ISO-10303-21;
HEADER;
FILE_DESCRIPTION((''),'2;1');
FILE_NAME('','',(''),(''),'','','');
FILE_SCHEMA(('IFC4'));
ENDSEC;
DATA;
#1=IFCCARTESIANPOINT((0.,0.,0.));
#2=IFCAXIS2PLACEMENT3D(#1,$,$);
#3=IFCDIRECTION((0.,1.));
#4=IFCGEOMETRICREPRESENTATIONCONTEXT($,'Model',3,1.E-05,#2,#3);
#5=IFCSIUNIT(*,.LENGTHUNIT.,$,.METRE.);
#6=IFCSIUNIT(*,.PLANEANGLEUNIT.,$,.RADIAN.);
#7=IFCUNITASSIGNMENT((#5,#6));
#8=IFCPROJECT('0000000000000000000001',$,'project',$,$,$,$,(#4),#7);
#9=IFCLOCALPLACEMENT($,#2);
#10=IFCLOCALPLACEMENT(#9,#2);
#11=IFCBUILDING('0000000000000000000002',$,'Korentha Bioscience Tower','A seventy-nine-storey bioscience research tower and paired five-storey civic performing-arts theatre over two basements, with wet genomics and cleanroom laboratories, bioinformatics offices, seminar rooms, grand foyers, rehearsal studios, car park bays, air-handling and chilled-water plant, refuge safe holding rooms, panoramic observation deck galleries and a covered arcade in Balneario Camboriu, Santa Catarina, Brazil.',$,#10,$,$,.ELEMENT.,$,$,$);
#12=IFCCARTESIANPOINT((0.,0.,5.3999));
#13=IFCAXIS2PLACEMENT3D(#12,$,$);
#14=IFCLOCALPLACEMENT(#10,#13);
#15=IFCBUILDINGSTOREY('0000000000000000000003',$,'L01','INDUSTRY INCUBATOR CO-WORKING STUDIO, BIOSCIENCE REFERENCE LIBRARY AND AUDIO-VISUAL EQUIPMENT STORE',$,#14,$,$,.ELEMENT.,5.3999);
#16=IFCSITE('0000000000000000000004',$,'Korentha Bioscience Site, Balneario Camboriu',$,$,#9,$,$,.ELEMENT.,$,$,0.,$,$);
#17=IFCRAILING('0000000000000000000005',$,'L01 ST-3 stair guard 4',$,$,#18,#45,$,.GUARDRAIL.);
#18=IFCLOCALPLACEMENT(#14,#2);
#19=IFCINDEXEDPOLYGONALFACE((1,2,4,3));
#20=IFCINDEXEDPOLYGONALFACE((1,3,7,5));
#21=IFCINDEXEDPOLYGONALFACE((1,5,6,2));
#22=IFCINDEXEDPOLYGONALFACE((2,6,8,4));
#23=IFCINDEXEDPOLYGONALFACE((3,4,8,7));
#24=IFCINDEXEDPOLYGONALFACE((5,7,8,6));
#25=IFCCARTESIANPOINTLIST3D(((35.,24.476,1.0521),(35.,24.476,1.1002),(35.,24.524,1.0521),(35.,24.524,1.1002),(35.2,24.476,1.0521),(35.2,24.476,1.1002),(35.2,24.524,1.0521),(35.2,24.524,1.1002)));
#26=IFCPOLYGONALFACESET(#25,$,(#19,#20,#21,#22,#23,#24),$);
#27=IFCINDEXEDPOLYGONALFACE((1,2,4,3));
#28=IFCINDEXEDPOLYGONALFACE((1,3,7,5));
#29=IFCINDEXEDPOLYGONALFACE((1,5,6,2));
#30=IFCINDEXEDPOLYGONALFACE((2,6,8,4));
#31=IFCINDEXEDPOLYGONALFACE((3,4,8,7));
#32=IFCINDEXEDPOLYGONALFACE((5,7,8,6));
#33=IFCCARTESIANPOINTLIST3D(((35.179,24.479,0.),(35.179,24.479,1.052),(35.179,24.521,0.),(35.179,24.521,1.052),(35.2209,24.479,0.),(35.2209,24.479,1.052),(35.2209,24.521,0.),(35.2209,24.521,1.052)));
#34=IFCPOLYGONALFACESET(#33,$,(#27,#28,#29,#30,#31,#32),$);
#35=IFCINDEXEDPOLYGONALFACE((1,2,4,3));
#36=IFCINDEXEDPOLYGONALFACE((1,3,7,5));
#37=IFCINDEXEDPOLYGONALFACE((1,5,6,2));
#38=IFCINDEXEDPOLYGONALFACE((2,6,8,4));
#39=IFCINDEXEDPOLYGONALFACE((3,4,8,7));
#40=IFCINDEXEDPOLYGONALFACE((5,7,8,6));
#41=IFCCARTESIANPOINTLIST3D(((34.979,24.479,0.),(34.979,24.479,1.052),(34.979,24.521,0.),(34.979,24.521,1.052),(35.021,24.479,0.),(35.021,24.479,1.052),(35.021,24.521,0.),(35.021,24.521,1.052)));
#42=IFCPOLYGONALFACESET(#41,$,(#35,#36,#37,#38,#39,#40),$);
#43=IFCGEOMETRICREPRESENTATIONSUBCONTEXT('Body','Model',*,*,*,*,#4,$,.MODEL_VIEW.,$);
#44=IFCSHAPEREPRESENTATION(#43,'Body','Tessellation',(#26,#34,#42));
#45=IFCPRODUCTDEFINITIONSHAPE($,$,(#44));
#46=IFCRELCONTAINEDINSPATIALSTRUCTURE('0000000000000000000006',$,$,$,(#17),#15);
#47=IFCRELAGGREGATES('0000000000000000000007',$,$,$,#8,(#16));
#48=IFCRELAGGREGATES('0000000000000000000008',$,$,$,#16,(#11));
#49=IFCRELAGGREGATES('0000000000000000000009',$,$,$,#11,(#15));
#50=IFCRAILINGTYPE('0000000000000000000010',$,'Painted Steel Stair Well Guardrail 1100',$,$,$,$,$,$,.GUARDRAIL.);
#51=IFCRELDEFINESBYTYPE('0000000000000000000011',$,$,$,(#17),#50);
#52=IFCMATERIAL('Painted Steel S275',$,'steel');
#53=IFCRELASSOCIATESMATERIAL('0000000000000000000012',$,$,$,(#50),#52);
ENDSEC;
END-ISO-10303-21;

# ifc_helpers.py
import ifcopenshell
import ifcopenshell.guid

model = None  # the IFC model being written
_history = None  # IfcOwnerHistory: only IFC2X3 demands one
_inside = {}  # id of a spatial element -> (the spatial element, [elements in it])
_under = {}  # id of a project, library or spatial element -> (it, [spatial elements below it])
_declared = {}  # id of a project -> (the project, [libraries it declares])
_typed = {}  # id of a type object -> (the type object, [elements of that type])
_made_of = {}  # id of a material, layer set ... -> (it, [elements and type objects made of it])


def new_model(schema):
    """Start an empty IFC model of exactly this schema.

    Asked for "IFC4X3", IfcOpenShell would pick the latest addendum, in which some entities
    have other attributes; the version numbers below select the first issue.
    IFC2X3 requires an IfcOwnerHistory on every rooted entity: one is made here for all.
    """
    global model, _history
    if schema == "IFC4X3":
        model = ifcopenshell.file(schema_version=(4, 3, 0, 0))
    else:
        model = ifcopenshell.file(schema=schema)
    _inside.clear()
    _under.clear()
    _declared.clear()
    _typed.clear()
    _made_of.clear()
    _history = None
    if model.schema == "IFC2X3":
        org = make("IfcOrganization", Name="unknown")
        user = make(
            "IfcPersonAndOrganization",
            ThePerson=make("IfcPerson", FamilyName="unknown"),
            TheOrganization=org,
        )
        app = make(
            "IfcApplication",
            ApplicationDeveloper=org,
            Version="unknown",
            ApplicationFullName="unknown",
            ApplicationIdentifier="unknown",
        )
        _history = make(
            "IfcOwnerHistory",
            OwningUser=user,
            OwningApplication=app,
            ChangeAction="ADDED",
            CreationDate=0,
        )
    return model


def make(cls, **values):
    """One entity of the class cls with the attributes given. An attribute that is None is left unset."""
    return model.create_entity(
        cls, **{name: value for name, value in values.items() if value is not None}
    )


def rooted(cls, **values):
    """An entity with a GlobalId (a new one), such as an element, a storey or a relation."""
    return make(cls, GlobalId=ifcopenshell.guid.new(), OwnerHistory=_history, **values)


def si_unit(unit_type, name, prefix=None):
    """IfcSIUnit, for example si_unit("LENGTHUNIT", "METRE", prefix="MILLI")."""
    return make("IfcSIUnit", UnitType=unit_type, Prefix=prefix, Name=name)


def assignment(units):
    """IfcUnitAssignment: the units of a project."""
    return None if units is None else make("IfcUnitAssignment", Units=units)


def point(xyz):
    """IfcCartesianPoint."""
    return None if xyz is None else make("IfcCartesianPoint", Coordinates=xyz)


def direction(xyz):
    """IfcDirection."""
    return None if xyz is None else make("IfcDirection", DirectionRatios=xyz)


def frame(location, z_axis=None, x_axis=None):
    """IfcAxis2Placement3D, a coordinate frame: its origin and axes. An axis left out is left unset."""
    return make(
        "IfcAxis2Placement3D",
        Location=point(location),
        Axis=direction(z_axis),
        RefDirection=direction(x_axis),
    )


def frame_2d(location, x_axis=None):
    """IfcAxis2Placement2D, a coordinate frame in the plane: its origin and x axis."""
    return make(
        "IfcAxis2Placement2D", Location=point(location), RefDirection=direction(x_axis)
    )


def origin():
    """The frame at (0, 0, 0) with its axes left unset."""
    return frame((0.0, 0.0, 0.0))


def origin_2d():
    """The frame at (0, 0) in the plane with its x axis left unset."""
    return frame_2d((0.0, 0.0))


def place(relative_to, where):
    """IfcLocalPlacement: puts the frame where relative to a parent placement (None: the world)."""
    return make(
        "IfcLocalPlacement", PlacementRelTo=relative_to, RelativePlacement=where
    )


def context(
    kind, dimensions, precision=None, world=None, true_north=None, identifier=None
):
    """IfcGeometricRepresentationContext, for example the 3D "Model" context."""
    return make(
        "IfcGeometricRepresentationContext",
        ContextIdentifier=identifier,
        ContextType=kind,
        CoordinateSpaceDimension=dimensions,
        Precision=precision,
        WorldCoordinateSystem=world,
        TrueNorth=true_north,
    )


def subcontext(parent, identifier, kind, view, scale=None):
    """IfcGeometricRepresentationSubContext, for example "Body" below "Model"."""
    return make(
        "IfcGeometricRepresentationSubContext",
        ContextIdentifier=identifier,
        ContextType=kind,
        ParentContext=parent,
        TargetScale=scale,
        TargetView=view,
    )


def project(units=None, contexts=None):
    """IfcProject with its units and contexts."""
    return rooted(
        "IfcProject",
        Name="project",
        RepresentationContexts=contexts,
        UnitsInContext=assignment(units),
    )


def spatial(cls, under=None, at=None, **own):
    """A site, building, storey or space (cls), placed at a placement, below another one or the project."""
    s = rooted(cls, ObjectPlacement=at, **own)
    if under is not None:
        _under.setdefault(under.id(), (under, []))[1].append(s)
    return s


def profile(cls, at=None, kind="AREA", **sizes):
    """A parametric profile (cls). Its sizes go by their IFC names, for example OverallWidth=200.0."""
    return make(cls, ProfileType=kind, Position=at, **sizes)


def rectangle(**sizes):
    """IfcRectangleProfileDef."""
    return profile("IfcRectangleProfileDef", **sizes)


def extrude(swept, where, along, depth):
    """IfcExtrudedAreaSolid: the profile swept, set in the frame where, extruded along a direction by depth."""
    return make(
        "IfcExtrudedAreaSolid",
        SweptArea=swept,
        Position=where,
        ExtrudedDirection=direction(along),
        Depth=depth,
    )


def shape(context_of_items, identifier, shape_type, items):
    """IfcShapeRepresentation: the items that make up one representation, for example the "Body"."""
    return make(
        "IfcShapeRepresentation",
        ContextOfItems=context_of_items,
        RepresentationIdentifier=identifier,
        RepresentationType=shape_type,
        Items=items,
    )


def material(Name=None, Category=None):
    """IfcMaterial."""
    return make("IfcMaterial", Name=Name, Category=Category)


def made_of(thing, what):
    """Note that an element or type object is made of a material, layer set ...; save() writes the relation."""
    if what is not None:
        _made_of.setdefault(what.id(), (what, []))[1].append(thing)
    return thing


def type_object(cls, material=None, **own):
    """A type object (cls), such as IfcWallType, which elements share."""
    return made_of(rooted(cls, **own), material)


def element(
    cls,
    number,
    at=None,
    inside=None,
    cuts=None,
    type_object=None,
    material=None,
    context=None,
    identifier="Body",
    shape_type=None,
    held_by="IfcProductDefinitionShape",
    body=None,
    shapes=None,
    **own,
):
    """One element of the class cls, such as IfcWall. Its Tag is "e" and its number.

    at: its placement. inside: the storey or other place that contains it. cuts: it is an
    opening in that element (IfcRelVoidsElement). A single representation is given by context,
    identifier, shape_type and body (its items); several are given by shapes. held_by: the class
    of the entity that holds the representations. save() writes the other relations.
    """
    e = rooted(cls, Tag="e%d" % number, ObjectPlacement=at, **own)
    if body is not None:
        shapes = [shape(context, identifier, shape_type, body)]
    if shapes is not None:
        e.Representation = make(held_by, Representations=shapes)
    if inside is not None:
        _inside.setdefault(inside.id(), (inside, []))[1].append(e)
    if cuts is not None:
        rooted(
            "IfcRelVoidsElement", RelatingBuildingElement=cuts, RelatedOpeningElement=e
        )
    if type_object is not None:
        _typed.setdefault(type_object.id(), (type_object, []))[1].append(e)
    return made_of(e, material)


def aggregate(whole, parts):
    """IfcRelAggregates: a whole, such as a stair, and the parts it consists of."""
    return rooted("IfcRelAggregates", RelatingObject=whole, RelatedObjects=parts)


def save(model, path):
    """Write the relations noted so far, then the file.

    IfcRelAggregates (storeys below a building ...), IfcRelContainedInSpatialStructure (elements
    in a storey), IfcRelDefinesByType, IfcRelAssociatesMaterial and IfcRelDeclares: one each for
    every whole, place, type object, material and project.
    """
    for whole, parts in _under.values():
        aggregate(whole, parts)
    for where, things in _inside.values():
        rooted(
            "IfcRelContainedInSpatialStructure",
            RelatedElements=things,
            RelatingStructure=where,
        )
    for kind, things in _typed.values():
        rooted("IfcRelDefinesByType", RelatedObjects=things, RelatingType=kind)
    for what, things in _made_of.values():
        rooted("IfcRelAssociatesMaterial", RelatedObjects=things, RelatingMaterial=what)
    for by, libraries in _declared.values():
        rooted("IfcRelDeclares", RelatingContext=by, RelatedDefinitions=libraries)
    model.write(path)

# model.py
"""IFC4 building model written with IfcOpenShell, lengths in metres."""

from ifc_helpers import new_model, si_unit, direction, frame, origin, origin_2d, place, context, subcontext, project, spatial, rectangle, extrude, material, type_object, element, save


model = new_model("IFC4")

# Units and contexts
model_context = context("Model", 3, precision=1e-05, world=origin(), true_north=direction((0.0, 1.0)))
body_context = subcontext(model_context, "Body", "Model", "MODEL_VIEW")
ifc_project = project(units=[si_unit("LENGTHUNIT", "METRE"), si_unit("PLANEANGLEUNIT", "RADIAN")], contexts=[model_context])

# Site, building, storey
site_placement = place(None, origin())
site = spatial("IfcSite", under=ifc_project, at=site_placement, Name="Korentha Bioscience Site, Balneario Camboriu", CompositionType="ELEMENT", RefElevation=0.0)
building_placement = place(site_placement, origin())
building = spatial("IfcBuilding", under=site, at=building_placement, Name="Korentha Bioscience Tower", Description="A seventy-nine-storey bioscience research tower and paired five-storey civic performing-arts theatre over two basements, with wet genomics and cleanroom laboratories, bioinformatics offices, seminar rooms, grand foyers, rehearsal studios, car park bays, air-handling and chilled-water plant, refuge safe holding rooms, panoramic observation deck galleries and a covered arcade in Balneario Camboriu, Santa Catarina, Brazil.", CompositionType="ELEMENT")
storey_placement = place(building_placement, frame((0.0, 0.0, 5.3999)))
storey = spatial("IfcBuildingStorey", under=building, at=storey_placement, Name="L01", Description="INDUSTRY INCUBATOR CO-WORKING STUDIO, BIOSCIENCE REFERENCE LIBRARY AND AUDIO-VISUAL EQUIPMENT STORE", CompositionType="ELEMENT", Elevation=5.3999)

# Railing
ifc_material_1 = material(Name="Painted Steel S275", Category="steel")
railing_type_1 = type_object("IfcRailingType", Name="Painted Steel Stair Well Guardrail 1100", PredefinedType="GUARDRAIL", material=ifc_material_1)
railing_1_placement = place(storey_placement, frame((35.2, 24.5, 0.0)))
element("IfcRailing", 1, at=railing_1_placement, inside=storey, type_object=railing_type_1, Name="L01 ST-3 stair guard 4", PredefinedType="GUARDRAIL", context=body_context, shape_type="SweptSolid", body=[
    extrude(rectangle(XDim=0.0481, YDim=0.0481, at=origin_2d()), frame((0.0, 0.0, 1.0762), z_axis=(-1.0, 0.0, 0.0), x_axis=(0.0, -1.0, 0.0)), (0.0, 0.0, 1.0), 0.2),
    extrude(rectangle(XDim=0.042, YDim=0.042, at=origin_2d()), origin(), (0.0, 0.0, 1.0), 1.052),
    extrude(rectangle(XDim=0.042, YDim=0.042, at=origin_2d()), frame((-0.2, 0.0, 0.0)), (0.0, 0.0, 1.0), 1.052),
])

save(model, "model.ifc")
